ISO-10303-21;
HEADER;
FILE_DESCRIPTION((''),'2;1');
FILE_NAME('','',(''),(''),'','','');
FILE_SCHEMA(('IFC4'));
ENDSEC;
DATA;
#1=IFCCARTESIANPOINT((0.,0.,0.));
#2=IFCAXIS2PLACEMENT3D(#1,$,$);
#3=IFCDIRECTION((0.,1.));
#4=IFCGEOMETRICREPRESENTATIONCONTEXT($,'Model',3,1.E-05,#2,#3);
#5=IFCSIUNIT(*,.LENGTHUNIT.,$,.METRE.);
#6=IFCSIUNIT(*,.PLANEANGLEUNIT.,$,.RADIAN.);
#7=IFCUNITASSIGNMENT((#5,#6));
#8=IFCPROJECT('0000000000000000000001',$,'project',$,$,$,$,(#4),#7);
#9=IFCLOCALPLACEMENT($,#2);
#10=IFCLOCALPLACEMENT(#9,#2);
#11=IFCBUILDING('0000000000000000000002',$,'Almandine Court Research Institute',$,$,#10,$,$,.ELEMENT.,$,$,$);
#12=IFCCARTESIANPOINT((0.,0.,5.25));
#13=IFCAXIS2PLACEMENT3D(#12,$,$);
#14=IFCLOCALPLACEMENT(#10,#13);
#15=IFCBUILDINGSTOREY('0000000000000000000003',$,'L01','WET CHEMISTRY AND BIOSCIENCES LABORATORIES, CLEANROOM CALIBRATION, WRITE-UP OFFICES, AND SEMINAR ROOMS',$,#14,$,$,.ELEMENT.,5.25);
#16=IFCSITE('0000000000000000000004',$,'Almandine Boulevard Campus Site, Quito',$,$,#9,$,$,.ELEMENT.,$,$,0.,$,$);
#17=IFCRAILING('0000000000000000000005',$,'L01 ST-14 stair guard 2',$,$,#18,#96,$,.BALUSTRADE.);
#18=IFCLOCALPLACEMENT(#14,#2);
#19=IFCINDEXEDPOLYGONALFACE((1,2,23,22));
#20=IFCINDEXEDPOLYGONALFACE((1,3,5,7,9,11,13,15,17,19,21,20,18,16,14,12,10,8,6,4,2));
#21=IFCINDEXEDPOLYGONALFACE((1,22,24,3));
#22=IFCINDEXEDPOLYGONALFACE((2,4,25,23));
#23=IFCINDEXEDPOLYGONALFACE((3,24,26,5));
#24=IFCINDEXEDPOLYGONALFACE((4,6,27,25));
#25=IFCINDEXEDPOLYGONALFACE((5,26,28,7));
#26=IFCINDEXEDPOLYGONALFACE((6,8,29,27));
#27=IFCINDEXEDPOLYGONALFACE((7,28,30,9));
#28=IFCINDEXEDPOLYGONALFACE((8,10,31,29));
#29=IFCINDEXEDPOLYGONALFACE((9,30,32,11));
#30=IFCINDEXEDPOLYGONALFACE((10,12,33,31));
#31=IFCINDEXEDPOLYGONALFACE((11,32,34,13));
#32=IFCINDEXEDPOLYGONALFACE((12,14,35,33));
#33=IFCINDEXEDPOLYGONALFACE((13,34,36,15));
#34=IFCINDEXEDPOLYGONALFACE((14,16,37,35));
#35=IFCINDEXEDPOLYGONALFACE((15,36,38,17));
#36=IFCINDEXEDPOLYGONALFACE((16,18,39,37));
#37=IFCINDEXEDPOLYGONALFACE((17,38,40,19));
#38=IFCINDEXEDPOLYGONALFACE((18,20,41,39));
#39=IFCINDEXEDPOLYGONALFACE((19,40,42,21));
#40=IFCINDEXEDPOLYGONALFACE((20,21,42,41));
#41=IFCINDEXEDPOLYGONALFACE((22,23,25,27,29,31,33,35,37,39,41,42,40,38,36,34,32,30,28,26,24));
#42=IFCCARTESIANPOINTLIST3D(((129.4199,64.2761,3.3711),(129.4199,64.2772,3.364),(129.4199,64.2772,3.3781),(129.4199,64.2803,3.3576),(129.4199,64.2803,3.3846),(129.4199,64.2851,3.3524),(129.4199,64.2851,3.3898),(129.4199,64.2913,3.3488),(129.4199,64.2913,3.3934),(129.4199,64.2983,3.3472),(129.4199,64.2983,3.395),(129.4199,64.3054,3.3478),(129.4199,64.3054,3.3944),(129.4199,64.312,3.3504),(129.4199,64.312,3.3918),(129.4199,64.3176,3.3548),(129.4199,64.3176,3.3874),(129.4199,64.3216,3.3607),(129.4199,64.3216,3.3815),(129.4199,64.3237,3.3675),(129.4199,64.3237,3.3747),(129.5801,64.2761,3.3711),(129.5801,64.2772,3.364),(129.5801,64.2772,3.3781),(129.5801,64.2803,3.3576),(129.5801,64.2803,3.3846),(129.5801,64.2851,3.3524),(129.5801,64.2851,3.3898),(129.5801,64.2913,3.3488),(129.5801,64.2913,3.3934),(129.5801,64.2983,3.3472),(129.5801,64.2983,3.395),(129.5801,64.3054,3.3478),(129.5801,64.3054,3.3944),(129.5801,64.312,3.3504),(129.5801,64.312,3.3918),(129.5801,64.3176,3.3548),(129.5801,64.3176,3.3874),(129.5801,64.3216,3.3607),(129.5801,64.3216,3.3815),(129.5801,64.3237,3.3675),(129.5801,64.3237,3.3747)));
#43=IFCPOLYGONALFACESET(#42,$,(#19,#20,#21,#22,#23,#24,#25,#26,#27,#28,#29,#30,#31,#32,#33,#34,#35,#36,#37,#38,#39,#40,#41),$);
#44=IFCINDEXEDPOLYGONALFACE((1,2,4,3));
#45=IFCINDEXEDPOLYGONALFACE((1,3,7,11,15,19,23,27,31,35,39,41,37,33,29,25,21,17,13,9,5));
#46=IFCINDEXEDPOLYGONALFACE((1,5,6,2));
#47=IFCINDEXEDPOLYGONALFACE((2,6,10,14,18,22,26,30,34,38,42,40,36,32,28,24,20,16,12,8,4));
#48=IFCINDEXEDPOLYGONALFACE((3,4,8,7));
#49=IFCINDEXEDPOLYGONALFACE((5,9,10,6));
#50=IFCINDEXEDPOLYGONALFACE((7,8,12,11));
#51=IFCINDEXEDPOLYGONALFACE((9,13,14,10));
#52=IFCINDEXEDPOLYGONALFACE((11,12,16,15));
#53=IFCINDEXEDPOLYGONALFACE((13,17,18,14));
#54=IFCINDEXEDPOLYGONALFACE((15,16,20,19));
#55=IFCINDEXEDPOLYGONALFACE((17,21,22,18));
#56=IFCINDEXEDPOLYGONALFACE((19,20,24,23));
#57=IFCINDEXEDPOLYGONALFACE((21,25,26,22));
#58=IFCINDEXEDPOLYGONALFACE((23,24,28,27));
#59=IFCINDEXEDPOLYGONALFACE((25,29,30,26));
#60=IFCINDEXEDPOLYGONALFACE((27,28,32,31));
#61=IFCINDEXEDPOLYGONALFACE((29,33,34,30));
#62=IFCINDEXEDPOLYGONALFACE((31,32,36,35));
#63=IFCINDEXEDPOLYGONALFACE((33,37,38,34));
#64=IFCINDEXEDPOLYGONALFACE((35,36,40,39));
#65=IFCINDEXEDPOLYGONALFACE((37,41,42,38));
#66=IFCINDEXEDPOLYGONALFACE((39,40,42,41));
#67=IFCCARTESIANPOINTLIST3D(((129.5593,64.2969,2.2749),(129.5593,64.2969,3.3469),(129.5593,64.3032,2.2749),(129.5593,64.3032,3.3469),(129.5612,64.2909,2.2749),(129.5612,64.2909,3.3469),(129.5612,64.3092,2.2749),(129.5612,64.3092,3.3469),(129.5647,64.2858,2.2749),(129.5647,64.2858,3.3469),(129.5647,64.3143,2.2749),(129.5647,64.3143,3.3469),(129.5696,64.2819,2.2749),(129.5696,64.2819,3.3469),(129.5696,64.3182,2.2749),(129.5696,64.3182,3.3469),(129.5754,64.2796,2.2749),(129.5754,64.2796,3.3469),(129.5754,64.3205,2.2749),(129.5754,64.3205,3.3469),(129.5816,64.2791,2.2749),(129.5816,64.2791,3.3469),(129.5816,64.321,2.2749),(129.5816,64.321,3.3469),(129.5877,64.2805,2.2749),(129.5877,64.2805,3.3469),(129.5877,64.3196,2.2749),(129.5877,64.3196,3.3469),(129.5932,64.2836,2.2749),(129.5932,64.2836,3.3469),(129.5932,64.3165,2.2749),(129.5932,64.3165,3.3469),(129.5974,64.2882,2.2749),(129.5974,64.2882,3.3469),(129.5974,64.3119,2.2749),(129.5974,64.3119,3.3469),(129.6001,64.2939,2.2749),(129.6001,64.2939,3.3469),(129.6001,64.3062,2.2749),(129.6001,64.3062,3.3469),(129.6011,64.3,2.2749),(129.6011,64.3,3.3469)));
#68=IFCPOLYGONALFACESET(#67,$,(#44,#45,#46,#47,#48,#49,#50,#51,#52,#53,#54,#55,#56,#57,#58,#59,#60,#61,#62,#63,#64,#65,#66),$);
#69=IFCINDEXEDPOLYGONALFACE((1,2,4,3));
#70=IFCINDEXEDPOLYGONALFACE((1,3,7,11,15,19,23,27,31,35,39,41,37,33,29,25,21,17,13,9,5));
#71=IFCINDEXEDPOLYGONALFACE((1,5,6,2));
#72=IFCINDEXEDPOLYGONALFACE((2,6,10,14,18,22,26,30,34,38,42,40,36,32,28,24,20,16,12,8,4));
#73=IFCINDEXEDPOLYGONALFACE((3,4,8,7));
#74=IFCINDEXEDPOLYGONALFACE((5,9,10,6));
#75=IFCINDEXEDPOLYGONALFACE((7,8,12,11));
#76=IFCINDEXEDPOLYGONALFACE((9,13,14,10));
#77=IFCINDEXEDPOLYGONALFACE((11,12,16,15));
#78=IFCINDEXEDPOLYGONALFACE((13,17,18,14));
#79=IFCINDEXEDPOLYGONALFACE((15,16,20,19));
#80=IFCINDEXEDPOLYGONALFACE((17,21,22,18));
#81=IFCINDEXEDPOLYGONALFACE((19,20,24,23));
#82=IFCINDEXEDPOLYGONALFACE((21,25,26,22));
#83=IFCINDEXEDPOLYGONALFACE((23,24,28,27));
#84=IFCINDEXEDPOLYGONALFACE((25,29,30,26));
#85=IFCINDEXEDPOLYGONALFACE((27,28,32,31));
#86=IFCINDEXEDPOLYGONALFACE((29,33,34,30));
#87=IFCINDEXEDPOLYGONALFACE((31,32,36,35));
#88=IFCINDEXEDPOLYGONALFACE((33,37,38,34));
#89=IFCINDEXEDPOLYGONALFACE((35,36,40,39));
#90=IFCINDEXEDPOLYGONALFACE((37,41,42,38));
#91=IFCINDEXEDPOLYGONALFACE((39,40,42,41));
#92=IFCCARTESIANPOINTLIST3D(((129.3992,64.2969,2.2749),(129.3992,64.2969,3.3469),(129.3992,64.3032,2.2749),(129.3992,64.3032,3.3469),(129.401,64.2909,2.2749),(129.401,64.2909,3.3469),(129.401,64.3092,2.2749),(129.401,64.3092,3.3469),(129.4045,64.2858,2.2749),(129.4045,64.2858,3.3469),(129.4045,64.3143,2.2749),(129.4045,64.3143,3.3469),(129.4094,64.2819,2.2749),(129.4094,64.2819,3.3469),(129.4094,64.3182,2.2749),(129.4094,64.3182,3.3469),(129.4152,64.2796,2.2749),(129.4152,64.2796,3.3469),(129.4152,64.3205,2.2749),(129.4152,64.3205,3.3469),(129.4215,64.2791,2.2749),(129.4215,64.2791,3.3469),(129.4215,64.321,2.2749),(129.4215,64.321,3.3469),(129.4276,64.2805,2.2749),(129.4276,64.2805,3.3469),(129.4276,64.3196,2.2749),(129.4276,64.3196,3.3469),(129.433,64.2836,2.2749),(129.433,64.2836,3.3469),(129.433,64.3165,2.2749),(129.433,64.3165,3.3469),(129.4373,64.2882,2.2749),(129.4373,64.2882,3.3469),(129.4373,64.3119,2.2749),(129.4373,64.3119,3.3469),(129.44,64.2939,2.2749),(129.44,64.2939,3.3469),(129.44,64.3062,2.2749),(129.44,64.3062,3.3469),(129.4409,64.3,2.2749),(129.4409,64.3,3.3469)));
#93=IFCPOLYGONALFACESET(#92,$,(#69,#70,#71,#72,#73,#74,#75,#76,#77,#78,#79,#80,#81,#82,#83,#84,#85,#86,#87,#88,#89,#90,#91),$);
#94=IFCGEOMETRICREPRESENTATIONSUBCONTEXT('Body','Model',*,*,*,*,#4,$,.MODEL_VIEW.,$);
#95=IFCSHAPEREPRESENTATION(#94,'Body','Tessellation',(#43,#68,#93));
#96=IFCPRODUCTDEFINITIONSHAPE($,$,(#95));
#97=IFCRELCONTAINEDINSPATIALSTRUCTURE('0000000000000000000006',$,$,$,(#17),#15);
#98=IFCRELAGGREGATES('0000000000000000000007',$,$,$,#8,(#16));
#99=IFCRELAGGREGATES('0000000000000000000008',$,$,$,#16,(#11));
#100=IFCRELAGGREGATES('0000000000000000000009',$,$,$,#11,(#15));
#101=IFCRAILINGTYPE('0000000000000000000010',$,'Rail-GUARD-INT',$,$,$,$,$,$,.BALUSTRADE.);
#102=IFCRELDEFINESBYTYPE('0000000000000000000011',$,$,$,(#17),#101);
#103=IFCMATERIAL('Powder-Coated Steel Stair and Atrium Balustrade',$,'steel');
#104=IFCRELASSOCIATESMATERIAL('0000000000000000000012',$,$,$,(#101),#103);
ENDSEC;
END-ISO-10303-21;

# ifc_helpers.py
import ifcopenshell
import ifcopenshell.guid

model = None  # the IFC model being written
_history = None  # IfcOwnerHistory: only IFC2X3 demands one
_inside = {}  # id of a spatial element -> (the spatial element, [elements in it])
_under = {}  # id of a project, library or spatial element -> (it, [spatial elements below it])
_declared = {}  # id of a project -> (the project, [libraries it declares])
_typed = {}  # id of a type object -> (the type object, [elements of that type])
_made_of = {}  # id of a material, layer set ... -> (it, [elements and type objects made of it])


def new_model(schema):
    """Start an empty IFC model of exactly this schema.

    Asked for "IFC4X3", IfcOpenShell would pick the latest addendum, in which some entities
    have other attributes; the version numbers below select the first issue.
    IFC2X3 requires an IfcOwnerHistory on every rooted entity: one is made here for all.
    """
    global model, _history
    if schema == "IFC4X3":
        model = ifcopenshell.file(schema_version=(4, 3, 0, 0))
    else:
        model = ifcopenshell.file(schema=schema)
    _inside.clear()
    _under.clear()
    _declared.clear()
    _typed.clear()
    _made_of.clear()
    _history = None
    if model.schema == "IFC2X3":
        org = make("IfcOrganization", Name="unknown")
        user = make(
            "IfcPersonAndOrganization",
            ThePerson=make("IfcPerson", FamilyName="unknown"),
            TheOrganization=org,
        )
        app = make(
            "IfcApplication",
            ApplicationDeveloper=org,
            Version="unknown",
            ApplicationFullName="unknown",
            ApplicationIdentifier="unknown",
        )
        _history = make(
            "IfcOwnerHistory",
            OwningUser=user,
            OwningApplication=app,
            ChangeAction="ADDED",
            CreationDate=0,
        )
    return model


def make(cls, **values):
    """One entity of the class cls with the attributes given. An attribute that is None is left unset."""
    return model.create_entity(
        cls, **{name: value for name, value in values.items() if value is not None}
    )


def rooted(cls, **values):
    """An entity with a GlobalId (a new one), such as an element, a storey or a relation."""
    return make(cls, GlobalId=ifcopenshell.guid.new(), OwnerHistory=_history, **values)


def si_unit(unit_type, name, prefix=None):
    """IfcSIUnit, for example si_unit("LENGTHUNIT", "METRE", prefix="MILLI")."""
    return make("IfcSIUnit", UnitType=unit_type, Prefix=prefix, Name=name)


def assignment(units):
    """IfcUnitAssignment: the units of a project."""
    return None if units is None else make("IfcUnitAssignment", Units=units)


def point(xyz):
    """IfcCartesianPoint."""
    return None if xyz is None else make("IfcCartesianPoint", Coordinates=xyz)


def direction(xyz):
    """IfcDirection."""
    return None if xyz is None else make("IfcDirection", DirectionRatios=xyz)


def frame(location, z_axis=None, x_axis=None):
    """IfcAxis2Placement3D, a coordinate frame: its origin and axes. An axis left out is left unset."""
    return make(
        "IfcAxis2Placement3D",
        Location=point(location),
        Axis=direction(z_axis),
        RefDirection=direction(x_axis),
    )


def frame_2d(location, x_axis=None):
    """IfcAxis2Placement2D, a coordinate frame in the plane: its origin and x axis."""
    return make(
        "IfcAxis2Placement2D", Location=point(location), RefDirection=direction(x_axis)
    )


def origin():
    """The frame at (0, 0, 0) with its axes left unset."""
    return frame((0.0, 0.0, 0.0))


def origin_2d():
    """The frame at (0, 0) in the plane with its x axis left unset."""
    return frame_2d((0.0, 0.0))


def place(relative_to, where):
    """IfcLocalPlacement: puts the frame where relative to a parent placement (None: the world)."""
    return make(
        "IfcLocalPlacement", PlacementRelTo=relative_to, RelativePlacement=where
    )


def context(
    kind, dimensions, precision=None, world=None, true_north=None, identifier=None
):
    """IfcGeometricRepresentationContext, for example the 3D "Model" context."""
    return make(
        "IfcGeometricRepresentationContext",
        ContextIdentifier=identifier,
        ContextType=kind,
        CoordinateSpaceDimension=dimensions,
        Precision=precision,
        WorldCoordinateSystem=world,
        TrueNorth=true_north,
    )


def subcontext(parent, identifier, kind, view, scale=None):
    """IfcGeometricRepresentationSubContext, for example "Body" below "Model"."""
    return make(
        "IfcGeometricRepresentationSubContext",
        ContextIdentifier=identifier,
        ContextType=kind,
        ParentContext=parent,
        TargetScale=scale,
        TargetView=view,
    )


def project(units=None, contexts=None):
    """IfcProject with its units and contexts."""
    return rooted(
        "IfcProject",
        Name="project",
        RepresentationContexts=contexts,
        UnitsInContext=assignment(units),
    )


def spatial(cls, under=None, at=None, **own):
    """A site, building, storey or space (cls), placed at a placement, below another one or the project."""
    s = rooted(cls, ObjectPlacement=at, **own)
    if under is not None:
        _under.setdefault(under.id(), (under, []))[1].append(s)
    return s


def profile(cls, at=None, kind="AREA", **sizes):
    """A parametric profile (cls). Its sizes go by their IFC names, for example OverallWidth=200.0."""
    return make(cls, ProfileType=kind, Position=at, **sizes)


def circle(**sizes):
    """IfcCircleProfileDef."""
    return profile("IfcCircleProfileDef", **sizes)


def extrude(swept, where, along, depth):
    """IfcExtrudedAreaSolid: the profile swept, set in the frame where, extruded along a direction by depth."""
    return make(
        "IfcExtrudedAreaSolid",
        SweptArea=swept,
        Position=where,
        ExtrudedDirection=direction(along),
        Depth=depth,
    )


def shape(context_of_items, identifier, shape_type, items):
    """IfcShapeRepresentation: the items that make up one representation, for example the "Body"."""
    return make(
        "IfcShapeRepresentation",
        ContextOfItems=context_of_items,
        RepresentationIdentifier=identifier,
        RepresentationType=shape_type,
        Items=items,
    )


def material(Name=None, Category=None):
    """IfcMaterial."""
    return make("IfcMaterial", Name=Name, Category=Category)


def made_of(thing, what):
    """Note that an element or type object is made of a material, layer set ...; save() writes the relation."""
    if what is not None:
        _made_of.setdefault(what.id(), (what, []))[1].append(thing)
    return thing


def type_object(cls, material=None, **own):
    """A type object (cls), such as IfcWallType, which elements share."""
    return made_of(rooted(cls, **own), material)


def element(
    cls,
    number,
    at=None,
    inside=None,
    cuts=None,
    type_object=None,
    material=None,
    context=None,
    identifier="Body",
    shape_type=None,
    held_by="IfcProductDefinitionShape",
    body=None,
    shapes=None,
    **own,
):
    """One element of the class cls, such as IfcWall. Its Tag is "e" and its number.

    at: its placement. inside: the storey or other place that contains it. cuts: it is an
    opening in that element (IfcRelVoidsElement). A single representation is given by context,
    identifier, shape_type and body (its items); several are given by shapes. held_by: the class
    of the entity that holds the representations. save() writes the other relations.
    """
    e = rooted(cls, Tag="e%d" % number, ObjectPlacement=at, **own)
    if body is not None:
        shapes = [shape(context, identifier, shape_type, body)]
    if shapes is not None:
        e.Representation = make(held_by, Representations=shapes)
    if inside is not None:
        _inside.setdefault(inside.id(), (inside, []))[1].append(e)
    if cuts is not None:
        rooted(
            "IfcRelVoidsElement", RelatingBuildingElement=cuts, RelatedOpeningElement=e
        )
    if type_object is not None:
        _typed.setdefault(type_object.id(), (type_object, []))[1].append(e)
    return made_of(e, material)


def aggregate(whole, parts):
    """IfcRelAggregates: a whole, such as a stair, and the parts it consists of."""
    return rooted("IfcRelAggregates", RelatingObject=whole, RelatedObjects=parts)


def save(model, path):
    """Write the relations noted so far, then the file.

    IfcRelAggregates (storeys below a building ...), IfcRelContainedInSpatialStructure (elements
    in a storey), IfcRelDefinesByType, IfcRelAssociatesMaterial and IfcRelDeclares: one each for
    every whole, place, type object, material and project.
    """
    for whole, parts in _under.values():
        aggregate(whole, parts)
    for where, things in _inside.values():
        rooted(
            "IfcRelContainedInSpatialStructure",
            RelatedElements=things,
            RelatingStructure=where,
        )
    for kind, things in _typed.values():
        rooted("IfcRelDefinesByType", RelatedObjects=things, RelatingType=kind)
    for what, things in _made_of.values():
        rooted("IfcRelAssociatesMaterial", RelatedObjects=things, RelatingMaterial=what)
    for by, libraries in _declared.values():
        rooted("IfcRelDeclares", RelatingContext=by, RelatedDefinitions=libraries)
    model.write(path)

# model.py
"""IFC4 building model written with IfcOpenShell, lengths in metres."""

from ifc_helpers import new_model, si_unit, direction, frame, origin, origin_2d, place, context, subcontext, project, spatial, circle, extrude, material, type_object, element, save


model = new_model("IFC4")

# Units and contexts
model_context = context("Model", 3, precision=1e-05, world=origin(), true_north=direction((0.0, 1.0)))
body_context = subcontext(model_context, "Body", "Model", "MODEL_VIEW")
ifc_project = project(units=[si_unit("LENGTHUNIT", "METRE"), si_unit("PLANEANGLEUNIT", "RADIAN")], contexts=[model_context])

# Site, building, storey
site_placement = place(None, origin())
site = spatial("IfcSite", under=ifc_project, at=site_placement, Name="Almandine Boulevard Campus Site, Quito", CompositionType="ELEMENT", RefElevation=0.0)
building_placement = place(site_placement, origin())
building = spatial("IfcBuilding", under=site, at=building_placement, Name="Almandine Court Research Institute", CompositionType="ELEMENT")
storey_placement = place(building_placement, frame((0.0, 0.0, 5.25)))
storey = spatial("IfcBuildingStorey", under=building, at=storey_placement, Name="L01", Description="WET CHEMISTRY AND BIOSCIENCES LABORATORIES, CLEANROOM CALIBRATION, WRITE-UP OFFICES, AND SEMINAR ROOMS", CompositionType="ELEMENT", Elevation=5.25)

# Railing
ifc_material_1 = material(Name="Powder-Coated Steel Stair and Atrium Balustrade", Category="steel")
railing_type_1 = type_object("IfcRailingType", Name="Rail-GUARD-INT", PredefinedType="BALUSTRADE", material=ifc_material_1)
railing_1_placement = place(storey_placement, frame((129.5801, 64.3, 2.2749)))
element("IfcRailing", 1, at=railing_1_placement, inside=storey, type_object=railing_type_1, Name="L01 ST-14 stair guard 2", PredefinedType="BALUSTRADE", context=body_context, shape_type="SweptSolid", body=[
    extrude(circle(Radius=0.0239, at=origin_2d()), frame((0.0, 0.0, 1.0962), z_axis=(-1.0, 0.0, 0.0), x_axis=(0.0, -1.0, 0.0)), (0.0, 0.0, 1.0), 0.1602),
    extrude(circle(Radius=0.021, at=origin_2d()), origin(), (0.0, 0.0, 1.0), 1.072),
    extrude(circle(Radius=0.021, at=origin_2d()), frame((-0.1602, 0.0, 0.0)), (0.0, 0.0, 1.0), 1.072),
])

save(model, "model.ifc")
